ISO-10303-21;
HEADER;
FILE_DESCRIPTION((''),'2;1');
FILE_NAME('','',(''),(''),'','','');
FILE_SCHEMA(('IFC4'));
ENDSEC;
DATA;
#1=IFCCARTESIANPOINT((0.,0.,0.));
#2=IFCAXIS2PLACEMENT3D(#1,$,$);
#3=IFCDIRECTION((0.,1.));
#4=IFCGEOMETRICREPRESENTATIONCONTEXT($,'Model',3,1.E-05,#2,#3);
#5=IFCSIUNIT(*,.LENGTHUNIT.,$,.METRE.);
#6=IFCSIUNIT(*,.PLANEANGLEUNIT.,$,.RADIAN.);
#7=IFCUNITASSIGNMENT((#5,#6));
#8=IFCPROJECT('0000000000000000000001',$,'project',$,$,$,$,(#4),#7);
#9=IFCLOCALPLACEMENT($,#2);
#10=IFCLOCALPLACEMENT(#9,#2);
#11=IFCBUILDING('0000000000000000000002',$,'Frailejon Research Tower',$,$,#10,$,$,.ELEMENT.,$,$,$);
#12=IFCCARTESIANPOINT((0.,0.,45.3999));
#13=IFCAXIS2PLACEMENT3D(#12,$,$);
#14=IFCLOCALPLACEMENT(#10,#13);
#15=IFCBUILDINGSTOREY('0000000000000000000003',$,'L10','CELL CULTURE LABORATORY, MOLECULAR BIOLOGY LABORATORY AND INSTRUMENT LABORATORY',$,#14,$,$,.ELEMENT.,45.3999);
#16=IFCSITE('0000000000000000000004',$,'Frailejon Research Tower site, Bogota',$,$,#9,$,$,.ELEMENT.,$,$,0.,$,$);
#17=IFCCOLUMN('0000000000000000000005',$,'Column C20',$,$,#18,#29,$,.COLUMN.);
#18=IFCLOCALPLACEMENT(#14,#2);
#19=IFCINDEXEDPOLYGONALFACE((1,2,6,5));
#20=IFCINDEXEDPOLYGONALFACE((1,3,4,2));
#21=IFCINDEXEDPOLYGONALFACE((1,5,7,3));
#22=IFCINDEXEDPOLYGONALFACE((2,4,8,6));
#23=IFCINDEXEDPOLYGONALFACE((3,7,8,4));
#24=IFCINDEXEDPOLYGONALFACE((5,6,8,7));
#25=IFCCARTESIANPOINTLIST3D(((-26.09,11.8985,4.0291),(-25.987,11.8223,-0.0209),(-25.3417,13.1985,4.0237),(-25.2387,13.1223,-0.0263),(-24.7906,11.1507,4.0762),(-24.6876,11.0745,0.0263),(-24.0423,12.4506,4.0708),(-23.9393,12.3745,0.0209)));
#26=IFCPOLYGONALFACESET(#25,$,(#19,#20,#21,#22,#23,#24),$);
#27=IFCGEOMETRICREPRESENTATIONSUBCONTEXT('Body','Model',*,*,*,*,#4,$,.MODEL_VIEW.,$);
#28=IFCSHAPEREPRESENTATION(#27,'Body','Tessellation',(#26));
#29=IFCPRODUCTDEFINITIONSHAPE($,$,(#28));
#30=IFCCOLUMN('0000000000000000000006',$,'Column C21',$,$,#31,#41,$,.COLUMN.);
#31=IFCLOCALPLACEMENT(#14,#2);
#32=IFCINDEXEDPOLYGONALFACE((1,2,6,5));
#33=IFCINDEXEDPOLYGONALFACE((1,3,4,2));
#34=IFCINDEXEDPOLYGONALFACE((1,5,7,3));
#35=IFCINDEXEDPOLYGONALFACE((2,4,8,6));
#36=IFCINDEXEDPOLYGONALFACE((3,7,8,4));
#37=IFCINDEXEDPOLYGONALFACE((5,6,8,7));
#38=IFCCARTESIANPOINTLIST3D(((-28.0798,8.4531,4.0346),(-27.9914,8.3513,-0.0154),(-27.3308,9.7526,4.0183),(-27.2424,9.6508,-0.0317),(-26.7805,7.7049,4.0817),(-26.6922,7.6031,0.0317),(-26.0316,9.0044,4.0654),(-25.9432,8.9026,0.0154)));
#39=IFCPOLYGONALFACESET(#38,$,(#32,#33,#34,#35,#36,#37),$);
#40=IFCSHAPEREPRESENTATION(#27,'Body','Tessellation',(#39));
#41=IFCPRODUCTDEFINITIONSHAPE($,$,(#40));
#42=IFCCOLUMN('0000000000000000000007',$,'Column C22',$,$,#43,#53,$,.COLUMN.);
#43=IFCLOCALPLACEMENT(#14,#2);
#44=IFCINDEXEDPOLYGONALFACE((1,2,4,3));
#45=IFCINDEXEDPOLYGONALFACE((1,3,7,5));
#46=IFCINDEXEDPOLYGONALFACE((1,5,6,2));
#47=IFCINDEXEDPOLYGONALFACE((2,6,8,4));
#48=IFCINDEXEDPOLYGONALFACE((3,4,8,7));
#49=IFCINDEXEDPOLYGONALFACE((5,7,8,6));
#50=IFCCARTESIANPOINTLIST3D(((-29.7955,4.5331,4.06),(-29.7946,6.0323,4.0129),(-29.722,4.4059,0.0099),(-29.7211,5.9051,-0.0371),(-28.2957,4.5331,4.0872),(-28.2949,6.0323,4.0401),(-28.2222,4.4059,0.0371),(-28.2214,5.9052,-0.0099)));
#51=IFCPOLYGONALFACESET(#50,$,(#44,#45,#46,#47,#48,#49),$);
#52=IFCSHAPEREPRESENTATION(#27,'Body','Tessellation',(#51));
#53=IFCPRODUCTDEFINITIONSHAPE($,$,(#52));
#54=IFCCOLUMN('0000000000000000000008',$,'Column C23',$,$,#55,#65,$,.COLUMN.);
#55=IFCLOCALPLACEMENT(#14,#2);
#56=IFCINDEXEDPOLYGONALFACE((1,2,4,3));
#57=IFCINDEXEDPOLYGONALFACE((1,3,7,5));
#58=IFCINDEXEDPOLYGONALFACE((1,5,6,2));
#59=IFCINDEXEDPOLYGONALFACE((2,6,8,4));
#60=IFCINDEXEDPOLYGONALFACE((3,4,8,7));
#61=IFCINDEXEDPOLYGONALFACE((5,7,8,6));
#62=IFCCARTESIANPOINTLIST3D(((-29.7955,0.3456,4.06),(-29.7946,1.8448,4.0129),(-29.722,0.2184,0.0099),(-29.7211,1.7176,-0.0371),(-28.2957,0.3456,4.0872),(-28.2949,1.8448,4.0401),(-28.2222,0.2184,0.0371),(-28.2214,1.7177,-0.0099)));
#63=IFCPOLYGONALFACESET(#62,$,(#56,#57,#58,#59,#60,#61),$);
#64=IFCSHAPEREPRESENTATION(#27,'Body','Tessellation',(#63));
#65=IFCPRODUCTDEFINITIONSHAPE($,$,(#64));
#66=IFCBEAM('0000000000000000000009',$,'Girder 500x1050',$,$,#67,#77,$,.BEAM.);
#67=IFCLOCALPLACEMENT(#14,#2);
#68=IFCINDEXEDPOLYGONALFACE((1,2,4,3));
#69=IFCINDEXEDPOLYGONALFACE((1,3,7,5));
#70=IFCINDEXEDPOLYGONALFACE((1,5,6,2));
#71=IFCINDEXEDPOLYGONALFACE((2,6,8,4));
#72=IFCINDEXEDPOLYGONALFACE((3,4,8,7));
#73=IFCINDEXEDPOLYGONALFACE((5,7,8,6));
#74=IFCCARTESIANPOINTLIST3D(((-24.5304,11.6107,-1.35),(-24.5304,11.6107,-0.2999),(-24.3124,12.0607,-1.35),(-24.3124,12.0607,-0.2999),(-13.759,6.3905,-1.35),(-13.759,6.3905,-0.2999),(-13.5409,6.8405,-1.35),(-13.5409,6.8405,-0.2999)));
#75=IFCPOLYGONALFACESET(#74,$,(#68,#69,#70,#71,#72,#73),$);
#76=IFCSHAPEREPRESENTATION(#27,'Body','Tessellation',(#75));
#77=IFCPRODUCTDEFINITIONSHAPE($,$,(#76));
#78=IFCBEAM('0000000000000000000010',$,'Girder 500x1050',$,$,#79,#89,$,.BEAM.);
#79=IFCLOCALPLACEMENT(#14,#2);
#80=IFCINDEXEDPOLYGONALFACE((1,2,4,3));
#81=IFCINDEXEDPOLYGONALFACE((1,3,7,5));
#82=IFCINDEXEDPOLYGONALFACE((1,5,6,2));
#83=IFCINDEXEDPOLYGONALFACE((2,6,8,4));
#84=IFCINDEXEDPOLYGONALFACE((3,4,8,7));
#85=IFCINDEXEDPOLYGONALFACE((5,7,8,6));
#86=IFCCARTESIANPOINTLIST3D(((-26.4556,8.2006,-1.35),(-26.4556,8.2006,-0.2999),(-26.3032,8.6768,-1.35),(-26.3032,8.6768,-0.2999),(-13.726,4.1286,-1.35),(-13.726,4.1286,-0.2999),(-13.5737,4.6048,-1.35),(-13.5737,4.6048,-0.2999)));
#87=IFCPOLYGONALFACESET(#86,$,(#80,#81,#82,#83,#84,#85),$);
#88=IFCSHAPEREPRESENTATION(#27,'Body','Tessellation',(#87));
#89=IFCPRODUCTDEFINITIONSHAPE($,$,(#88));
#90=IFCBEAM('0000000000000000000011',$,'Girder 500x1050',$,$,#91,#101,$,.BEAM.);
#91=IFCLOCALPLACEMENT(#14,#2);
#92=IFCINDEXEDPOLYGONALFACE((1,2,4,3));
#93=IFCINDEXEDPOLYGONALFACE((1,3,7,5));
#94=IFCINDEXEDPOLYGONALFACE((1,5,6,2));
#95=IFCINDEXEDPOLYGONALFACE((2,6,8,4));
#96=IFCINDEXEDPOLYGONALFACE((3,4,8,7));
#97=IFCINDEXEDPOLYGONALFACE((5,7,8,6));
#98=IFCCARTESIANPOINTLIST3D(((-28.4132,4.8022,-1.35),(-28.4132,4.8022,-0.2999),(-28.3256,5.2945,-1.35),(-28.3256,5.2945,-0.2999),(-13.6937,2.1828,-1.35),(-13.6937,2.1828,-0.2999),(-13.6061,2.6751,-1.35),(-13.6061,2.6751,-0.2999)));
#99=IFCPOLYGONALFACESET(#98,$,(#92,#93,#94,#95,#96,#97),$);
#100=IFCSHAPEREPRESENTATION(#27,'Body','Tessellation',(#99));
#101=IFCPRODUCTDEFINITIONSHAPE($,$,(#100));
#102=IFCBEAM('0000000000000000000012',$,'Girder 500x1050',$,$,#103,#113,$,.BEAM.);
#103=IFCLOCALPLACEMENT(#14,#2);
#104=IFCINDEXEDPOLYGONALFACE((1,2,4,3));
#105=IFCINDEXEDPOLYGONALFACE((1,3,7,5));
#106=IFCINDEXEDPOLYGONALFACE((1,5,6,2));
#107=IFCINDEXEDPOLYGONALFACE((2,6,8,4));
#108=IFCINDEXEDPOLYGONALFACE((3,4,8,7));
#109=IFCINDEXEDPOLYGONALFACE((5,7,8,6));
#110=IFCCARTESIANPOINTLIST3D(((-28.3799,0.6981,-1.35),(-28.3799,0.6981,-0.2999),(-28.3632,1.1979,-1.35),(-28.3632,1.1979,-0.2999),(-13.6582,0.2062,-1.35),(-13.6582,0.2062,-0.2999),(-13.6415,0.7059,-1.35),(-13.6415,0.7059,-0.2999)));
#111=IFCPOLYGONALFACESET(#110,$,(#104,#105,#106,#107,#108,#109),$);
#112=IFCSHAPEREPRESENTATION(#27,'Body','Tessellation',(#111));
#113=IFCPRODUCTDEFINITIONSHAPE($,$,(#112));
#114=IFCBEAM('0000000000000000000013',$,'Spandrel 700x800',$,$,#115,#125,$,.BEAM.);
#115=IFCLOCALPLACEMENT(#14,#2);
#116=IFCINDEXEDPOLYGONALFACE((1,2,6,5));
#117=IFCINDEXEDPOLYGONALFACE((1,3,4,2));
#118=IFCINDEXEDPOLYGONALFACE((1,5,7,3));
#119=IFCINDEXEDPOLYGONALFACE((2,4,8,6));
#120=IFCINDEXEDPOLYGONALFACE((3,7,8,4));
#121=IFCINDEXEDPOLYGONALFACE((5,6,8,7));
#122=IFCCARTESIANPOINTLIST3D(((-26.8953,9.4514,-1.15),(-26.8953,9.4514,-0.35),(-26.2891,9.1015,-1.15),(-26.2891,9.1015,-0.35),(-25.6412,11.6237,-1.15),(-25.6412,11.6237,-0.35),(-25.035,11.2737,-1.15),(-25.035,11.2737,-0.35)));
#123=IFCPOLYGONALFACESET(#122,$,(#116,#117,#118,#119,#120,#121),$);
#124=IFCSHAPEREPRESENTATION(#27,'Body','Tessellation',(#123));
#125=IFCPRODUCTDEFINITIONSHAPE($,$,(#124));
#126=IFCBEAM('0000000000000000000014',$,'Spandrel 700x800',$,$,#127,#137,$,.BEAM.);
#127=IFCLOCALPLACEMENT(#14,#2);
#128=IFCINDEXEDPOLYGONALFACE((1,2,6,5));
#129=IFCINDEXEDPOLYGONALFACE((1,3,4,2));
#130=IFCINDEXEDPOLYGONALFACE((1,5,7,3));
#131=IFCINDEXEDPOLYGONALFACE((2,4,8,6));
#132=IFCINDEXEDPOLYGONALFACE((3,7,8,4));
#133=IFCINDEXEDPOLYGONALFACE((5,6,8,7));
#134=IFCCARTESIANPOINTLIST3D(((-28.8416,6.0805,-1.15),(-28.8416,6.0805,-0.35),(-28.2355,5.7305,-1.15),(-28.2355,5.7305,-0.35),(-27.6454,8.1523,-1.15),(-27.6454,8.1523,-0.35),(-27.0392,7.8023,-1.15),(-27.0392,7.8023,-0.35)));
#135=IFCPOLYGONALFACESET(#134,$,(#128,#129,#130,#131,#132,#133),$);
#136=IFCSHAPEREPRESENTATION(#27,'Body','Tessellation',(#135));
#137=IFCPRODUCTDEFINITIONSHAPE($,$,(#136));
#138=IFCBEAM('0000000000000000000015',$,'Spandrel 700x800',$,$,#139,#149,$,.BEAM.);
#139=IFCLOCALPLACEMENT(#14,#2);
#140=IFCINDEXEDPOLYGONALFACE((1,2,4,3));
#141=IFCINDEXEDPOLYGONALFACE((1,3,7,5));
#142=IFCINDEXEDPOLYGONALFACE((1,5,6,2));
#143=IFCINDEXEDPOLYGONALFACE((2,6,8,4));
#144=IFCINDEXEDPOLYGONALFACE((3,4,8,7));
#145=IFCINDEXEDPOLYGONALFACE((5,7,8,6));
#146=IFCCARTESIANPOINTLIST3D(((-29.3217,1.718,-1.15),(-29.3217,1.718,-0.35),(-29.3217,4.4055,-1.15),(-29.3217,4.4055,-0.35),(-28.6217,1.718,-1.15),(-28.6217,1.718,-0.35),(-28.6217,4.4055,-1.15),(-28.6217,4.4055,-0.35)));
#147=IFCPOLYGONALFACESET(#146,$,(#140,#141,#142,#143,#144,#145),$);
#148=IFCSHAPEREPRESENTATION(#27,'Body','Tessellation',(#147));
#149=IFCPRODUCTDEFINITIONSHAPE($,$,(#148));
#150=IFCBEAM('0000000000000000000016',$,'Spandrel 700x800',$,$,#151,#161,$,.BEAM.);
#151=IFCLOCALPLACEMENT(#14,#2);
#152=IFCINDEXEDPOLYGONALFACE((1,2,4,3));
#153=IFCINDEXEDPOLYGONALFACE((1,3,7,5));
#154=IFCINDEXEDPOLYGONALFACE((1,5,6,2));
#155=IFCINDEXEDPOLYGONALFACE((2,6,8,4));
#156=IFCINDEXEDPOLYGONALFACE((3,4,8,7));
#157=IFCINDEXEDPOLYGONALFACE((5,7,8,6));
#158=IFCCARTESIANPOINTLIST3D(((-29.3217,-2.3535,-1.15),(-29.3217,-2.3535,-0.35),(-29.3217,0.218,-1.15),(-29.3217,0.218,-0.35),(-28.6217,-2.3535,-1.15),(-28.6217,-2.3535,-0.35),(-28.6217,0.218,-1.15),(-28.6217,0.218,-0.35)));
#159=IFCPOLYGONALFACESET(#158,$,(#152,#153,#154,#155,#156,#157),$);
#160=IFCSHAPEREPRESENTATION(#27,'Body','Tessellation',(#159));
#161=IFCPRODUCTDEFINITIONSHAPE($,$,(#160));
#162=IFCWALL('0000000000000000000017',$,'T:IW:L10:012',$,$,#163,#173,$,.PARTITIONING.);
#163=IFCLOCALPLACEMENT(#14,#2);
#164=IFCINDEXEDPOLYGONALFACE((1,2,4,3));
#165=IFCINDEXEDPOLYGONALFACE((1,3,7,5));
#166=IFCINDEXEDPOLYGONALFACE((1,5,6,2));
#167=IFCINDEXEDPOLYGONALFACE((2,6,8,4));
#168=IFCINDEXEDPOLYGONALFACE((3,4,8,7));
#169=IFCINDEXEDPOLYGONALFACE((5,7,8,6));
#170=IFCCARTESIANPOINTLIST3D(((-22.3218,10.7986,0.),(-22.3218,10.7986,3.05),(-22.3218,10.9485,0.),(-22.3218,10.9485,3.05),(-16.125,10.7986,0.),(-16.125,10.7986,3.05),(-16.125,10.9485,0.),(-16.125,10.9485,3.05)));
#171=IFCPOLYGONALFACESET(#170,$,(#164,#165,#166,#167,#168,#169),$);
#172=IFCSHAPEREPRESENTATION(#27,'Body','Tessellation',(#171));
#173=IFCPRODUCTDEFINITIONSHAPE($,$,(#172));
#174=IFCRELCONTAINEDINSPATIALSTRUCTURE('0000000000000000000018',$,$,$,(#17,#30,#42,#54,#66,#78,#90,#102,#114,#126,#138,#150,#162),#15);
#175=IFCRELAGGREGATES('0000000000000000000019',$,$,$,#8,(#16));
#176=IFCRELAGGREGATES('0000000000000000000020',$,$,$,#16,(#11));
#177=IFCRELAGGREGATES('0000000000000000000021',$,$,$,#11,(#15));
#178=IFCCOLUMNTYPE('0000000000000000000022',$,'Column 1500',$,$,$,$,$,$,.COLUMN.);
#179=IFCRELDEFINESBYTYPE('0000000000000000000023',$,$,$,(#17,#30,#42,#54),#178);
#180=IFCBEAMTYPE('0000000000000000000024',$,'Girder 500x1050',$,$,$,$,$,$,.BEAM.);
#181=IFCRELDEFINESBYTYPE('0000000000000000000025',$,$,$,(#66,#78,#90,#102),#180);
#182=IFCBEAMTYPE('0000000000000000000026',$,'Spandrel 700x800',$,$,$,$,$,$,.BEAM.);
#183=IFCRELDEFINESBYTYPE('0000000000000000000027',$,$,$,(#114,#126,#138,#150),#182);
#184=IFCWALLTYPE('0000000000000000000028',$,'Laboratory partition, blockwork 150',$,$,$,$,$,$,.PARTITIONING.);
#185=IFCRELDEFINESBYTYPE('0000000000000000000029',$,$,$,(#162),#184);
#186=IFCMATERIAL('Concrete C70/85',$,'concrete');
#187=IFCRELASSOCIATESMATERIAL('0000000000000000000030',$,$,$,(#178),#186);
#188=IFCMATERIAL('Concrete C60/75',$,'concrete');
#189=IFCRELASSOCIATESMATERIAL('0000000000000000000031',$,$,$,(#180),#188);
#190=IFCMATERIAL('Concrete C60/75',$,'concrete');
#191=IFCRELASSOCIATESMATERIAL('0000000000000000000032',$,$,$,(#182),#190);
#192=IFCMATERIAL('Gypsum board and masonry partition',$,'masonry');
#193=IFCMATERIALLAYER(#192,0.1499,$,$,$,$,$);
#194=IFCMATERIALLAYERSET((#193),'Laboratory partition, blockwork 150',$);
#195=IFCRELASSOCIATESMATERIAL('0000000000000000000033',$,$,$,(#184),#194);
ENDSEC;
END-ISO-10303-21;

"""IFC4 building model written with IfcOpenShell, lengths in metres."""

from ifc_helpers import new_model, si_unit, direction, frame, frame_2d, origin, origin_2d, place, context, subcontext, project, spatial, rectangle, extrude, material, layer, layer_set, material_profile, profile_set, type_object, element, save


model = new_model("IFC4")

# Units and contexts
model_context = context("Model", 3, precision=1e-05, world=origin(), true_north=direction((0.0, 1.0)))
body_context = subcontext(model_context, "Body", "Model", "MODEL_VIEW")
ifc_project = project(units=[si_unit("LENGTHUNIT", "METRE"), si_unit("PLANEANGLEUNIT", "RADIAN")], contexts=[model_context])

# Site, building, storey
site_placement = place(None, origin())
site = spatial("IfcSite", under=ifc_project, at=site_placement, Name="Frailejon Research Tower site, Bogota", CompositionType="ELEMENT", RefElevation=0.0)
building_placement = place(site_placement, origin())
building = spatial("IfcBuilding", under=site, at=building_placement, Name="Frailejon Research Tower", CompositionType="ELEMENT")
storey_placement = place(building_placement, frame((0.0, 0.0, 45.3999)))
storey = spatial("IfcBuildingStorey", under=building, at=storey_placement, Name="L10", Description="CELL CULTURE LABORATORY, MOLECULAR BIOLOGY LABORATORY AND INSTRUMENT LABORATORY", CompositionType="ELEMENT", Elevation=45.3999)

# Columns
ifc_material_1 = material(Name="Concrete C70/85", Category="concrete")
ifc_material_profile_1 = material_profile(ifc_material_1, rectangle(XDim=1.5, YDim=1.5, at=origin_2d()), Name="Column 1500")
ifc_profile_set_1 = profile_set([ifc_material_profile_1], Name="Concrete C70/85")
column_type = type_object("IfcColumnType", Name="Column 1500", PredefinedType="COLUMN", material=ifc_profile_set_1)
column_1_placement = place(storey_placement, frame((-24.9631, 12.0984, 0.0), z_axis=(-0.025426, 0.018798, 0.9995), x_axis=(-0.498883, -0.866662, 0.003609)))
element("IfcColumn", 1, at=column_1_placement, inside=storey, type_object=column_type, Name="Column C20", PredefinedType="COLUMN", context=body_context, shape_type="SweptSolid", body=[
    extrude(rectangle(XDim=1.5, YDim=1.5, at=origin_2d()), origin(), (0.0, 0.0, 1.0), 4.052),
])
column_2_placement = place(storey_placement, frame((-26.9673, 8.627, 0.0), z_axis=(-0.02181, 0.025123, 0.999446), x_axis=(-0.499317, -0.866351, 0.010882)))
element("IfcColumn", 2, at=column_2_placement, inside=storey, type_object=column_type, Name="Column C21", PredefinedType="COLUMN", context=body_context, shape_type="SweptSolid", body=[
    extrude(rectangle(XDim=1.5, YDim=1.5, at=origin_2d()), origin(), (0.0, 0.0, 1.0), 4.0522),
])
for number, where, z_axis, x_axis, name in (
    (3, (-28.9717, 5.1555, 0.0), (-0.018133, 0.031386, 0.999343), (-0.000565, -0.999507, 0.031381), "Column C22"),
    (4, (-28.9717, 0.968, 0.0), (-0.018133, 0.031386, 0.999343), (-0.000565, -0.999507, 0.031381), "Column C23"),
):
    element("IfcColumn", number, at=place(storey_placement, frame(where, z_axis=z_axis, x_axis=x_axis)), inside=storey, type_object=column_type, Name=name, PredefinedType="COLUMN", context=body_context, shape_type="SweptSolid", body=[
        extrude(rectangle(XDim=1.5, YDim=1.5, at=origin_2d()), origin(), (0.0, 0.0, 1.0), 4.0527),
    ])

# Beams
ifc_material_2 = material(Name="Concrete C60/75", Category="concrete")
ifc_material_profile_2 = material_profile(ifc_material_2, rectangle(XDim=0.5, YDim=1.05, at=origin_2d()), Name="Girder 500x1050")
ifc_profile_set_2 = profile_set([ifc_material_profile_2], Name="Concrete C60/75")
beam_type_1 = type_object("IfcBeamType", Name="Girder 500x1050", PredefinedType="BEAM", material=ifc_profile_set_2)
beam_1_placement = place(storey_placement, frame((-24.4214, 11.8357, -0.825), z_axis=(0.89989, -0.436116, 0.0), x_axis=(0.436116, 0.89989, 0.0)))
element("IfcBeam", 5, at=beam_1_placement, inside=storey, type_object=beam_type_1, Name="Girder 500x1050", PredefinedType="BEAM", context=body_context, shape_type="SweptSolid", body=[
    extrude(rectangle(XDim=0.5, YDim=1.05, at=origin_2d()), origin(), (0.0, 0.0, 1.0), 11.9697),
])
beam_2_placement = place(storey_placement, frame((-26.3794, 8.4387, -0.825), z_axis=(0.952455, -0.30468, 0.0), x_axis=(0.30468, 0.952455, 0.0)))
element("IfcBeam", 6, at=beam_2_placement, inside=storey, type_object=beam_type_1, Name="Girder 500x1050", PredefinedType="BEAM", context=body_context, shape_type="SweptSolid", body=[
    extrude(rectangle(XDim=0.5, YDim=1.05, at=origin_2d()), origin(), (0.0, 0.0, 1.0), 13.365),
])
beam_3_placement = place(storey_placement, frame((-28.3694, 5.0483, -0.825), z_axis=(0.984533, -0.175201, 0.0), x_axis=(0.175201, 0.984533, 0.0)))
element("IfcBeam", 7, at=beam_3_placement, inside=storey, type_object=beam_type_1, Name="Girder 500x1050", PredefinedType="BEAM", context=body_context, shape_type="SweptSolid", body=[
    extrude(rectangle(XDim=0.5, YDim=1.05, at=origin_2d()), origin(), (0.0, 0.0, 1.0), 14.9507),
])
beam_4_placement = place(storey_placement, frame((-28.3716, 0.948, -0.825), z_axis=(0.999442, -0.033398, 0.0), x_axis=(0.033398, 0.999442, 0.0)))
element("IfcBeam", 8, at=beam_4_placement, inside=storey, type_object=beam_type_1, Name="Girder 500x1050", PredefinedType="BEAM", context=body_context, shape_type="SweptSolid", body=[
    extrude(rectangle(XDim=0.5, YDim=1.05, at=origin_2d()), origin(), (0.0, 0.0, 1.0), 14.73),
])
ifc_material_3 = material(Name="Concrete C60/75", Category="concrete")
ifc_material_profile_3 = material_profile(ifc_material_3, rectangle(XDim=0.7, YDim=0.8, at=origin_2d()), Name="Spandrel 700x800")
ifc_profile_set_3 = profile_set([ifc_material_profile_3], Name="Concrete C60/75")
beam_type_2 = type_object("IfcBeamType", Name="Spandrel 700x800", PredefinedType="BEAM", material=ifc_profile_set_3)
beam_5_placement = place(storey_placement, frame((-25.3381, 11.4487, -0.75), z_axis=(-0.499981, -0.866036, 0.0), x_axis=(0.866036, -0.499981, 0.0)))
element("IfcBeam", 9, at=beam_5_placement, inside=storey, type_object=beam_type_2, Name="Spandrel 700x800", PredefinedType="BEAM", context=body_context, shape_type="SweptSolid", body=[
    extrude(rectangle(XDim=0.7, YDim=0.8, at=origin_2d()), origin(), (0.0, 0.0, 1.0), 2.5083),
])
beam_6_placement = place(storey_placement, frame((-27.3423, 7.9773, -0.75), z_axis=(-0.500046, -0.865999, 0.0), x_axis=(0.865999, -0.500046, 0.0)))
element("IfcBeam", 10, at=beam_6_placement, inside=storey, type_object=beam_type_2, Name="Spandrel 700x800", PredefinedType="BEAM", context=body_context, shape_type="SweptSolid", body=[
    extrude(rectangle(XDim=0.7, YDim=0.8, at=origin_2d()), origin(), (0.0, 0.0, 1.0), 2.3923),
])
beam_7_placement = place(storey_placement, frame((-28.9717, 4.4055, -0.75), z_axis=(0.0, -1.0, 0.0), x_axis=(1.0, 0.0, 0.0)))
element("IfcBeam", 11, at=beam_7_placement, inside=storey, type_object=beam_type_2, Name="Spandrel 700x800", PredefinedType="BEAM", context=body_context, shape_type="SweptSolid", body=[
    extrude(rectangle(XDim=0.7, YDim=0.8, at=origin_2d()), origin(), (0.0, 0.0, 1.0), 2.6875),
])
beam_8_placement = place(storey_placement, frame((-28.9717, 0.218, -0.75), z_axis=(0.0, -1.0, 0.0), x_axis=(1.0, 0.0, 0.0)))
element("IfcBeam", 12, at=beam_8_placement, inside=storey, type_object=beam_type_2, Name="Spandrel 700x800", PredefinedType="BEAM", context=body_context, shape_type="SweptSolid", body=[
    extrude(rectangle(XDim=0.7, YDim=0.8, at=origin_2d()), origin(), (0.0, 0.0, 1.0), 2.5715),
])

# Wall
ifc_material_4 = material(Name="Gypsum board and masonry partition", Category="masonry")
ifc_layer_1 = layer(ifc_material_4, 0.1499)
ifc_layer_set_1 = layer_set([ifc_layer_1], Name="Laboratory partition, blockwork 150")
wall_type_1 = type_object("IfcWallType", Name="Laboratory partition, blockwork 150", PredefinedType="PARTITIONING", material=ifc_layer_set_1)
wall_1_placement = place(storey_placement, frame((-22.3218, 10.8735, 0.0), z_axis=(0.0, 0.0, 1.0), x_axis=(1.0, 0.0, 0.0)))
element("IfcWall", 13, at=wall_1_placement, inside=storey, type_object=wall_type_1, Name="T:IW:L10:012", PredefinedType="PARTITIONING", context=body_context, shape_type="SweptSolid", body=[
    extrude(rectangle(XDim=6.1968, YDim=0.1499, at=frame_2d((3.0984, 0.0))), origin(), (0.0, 0.0, 1.0), 3.05),
])

save(model, "model.ifc")
